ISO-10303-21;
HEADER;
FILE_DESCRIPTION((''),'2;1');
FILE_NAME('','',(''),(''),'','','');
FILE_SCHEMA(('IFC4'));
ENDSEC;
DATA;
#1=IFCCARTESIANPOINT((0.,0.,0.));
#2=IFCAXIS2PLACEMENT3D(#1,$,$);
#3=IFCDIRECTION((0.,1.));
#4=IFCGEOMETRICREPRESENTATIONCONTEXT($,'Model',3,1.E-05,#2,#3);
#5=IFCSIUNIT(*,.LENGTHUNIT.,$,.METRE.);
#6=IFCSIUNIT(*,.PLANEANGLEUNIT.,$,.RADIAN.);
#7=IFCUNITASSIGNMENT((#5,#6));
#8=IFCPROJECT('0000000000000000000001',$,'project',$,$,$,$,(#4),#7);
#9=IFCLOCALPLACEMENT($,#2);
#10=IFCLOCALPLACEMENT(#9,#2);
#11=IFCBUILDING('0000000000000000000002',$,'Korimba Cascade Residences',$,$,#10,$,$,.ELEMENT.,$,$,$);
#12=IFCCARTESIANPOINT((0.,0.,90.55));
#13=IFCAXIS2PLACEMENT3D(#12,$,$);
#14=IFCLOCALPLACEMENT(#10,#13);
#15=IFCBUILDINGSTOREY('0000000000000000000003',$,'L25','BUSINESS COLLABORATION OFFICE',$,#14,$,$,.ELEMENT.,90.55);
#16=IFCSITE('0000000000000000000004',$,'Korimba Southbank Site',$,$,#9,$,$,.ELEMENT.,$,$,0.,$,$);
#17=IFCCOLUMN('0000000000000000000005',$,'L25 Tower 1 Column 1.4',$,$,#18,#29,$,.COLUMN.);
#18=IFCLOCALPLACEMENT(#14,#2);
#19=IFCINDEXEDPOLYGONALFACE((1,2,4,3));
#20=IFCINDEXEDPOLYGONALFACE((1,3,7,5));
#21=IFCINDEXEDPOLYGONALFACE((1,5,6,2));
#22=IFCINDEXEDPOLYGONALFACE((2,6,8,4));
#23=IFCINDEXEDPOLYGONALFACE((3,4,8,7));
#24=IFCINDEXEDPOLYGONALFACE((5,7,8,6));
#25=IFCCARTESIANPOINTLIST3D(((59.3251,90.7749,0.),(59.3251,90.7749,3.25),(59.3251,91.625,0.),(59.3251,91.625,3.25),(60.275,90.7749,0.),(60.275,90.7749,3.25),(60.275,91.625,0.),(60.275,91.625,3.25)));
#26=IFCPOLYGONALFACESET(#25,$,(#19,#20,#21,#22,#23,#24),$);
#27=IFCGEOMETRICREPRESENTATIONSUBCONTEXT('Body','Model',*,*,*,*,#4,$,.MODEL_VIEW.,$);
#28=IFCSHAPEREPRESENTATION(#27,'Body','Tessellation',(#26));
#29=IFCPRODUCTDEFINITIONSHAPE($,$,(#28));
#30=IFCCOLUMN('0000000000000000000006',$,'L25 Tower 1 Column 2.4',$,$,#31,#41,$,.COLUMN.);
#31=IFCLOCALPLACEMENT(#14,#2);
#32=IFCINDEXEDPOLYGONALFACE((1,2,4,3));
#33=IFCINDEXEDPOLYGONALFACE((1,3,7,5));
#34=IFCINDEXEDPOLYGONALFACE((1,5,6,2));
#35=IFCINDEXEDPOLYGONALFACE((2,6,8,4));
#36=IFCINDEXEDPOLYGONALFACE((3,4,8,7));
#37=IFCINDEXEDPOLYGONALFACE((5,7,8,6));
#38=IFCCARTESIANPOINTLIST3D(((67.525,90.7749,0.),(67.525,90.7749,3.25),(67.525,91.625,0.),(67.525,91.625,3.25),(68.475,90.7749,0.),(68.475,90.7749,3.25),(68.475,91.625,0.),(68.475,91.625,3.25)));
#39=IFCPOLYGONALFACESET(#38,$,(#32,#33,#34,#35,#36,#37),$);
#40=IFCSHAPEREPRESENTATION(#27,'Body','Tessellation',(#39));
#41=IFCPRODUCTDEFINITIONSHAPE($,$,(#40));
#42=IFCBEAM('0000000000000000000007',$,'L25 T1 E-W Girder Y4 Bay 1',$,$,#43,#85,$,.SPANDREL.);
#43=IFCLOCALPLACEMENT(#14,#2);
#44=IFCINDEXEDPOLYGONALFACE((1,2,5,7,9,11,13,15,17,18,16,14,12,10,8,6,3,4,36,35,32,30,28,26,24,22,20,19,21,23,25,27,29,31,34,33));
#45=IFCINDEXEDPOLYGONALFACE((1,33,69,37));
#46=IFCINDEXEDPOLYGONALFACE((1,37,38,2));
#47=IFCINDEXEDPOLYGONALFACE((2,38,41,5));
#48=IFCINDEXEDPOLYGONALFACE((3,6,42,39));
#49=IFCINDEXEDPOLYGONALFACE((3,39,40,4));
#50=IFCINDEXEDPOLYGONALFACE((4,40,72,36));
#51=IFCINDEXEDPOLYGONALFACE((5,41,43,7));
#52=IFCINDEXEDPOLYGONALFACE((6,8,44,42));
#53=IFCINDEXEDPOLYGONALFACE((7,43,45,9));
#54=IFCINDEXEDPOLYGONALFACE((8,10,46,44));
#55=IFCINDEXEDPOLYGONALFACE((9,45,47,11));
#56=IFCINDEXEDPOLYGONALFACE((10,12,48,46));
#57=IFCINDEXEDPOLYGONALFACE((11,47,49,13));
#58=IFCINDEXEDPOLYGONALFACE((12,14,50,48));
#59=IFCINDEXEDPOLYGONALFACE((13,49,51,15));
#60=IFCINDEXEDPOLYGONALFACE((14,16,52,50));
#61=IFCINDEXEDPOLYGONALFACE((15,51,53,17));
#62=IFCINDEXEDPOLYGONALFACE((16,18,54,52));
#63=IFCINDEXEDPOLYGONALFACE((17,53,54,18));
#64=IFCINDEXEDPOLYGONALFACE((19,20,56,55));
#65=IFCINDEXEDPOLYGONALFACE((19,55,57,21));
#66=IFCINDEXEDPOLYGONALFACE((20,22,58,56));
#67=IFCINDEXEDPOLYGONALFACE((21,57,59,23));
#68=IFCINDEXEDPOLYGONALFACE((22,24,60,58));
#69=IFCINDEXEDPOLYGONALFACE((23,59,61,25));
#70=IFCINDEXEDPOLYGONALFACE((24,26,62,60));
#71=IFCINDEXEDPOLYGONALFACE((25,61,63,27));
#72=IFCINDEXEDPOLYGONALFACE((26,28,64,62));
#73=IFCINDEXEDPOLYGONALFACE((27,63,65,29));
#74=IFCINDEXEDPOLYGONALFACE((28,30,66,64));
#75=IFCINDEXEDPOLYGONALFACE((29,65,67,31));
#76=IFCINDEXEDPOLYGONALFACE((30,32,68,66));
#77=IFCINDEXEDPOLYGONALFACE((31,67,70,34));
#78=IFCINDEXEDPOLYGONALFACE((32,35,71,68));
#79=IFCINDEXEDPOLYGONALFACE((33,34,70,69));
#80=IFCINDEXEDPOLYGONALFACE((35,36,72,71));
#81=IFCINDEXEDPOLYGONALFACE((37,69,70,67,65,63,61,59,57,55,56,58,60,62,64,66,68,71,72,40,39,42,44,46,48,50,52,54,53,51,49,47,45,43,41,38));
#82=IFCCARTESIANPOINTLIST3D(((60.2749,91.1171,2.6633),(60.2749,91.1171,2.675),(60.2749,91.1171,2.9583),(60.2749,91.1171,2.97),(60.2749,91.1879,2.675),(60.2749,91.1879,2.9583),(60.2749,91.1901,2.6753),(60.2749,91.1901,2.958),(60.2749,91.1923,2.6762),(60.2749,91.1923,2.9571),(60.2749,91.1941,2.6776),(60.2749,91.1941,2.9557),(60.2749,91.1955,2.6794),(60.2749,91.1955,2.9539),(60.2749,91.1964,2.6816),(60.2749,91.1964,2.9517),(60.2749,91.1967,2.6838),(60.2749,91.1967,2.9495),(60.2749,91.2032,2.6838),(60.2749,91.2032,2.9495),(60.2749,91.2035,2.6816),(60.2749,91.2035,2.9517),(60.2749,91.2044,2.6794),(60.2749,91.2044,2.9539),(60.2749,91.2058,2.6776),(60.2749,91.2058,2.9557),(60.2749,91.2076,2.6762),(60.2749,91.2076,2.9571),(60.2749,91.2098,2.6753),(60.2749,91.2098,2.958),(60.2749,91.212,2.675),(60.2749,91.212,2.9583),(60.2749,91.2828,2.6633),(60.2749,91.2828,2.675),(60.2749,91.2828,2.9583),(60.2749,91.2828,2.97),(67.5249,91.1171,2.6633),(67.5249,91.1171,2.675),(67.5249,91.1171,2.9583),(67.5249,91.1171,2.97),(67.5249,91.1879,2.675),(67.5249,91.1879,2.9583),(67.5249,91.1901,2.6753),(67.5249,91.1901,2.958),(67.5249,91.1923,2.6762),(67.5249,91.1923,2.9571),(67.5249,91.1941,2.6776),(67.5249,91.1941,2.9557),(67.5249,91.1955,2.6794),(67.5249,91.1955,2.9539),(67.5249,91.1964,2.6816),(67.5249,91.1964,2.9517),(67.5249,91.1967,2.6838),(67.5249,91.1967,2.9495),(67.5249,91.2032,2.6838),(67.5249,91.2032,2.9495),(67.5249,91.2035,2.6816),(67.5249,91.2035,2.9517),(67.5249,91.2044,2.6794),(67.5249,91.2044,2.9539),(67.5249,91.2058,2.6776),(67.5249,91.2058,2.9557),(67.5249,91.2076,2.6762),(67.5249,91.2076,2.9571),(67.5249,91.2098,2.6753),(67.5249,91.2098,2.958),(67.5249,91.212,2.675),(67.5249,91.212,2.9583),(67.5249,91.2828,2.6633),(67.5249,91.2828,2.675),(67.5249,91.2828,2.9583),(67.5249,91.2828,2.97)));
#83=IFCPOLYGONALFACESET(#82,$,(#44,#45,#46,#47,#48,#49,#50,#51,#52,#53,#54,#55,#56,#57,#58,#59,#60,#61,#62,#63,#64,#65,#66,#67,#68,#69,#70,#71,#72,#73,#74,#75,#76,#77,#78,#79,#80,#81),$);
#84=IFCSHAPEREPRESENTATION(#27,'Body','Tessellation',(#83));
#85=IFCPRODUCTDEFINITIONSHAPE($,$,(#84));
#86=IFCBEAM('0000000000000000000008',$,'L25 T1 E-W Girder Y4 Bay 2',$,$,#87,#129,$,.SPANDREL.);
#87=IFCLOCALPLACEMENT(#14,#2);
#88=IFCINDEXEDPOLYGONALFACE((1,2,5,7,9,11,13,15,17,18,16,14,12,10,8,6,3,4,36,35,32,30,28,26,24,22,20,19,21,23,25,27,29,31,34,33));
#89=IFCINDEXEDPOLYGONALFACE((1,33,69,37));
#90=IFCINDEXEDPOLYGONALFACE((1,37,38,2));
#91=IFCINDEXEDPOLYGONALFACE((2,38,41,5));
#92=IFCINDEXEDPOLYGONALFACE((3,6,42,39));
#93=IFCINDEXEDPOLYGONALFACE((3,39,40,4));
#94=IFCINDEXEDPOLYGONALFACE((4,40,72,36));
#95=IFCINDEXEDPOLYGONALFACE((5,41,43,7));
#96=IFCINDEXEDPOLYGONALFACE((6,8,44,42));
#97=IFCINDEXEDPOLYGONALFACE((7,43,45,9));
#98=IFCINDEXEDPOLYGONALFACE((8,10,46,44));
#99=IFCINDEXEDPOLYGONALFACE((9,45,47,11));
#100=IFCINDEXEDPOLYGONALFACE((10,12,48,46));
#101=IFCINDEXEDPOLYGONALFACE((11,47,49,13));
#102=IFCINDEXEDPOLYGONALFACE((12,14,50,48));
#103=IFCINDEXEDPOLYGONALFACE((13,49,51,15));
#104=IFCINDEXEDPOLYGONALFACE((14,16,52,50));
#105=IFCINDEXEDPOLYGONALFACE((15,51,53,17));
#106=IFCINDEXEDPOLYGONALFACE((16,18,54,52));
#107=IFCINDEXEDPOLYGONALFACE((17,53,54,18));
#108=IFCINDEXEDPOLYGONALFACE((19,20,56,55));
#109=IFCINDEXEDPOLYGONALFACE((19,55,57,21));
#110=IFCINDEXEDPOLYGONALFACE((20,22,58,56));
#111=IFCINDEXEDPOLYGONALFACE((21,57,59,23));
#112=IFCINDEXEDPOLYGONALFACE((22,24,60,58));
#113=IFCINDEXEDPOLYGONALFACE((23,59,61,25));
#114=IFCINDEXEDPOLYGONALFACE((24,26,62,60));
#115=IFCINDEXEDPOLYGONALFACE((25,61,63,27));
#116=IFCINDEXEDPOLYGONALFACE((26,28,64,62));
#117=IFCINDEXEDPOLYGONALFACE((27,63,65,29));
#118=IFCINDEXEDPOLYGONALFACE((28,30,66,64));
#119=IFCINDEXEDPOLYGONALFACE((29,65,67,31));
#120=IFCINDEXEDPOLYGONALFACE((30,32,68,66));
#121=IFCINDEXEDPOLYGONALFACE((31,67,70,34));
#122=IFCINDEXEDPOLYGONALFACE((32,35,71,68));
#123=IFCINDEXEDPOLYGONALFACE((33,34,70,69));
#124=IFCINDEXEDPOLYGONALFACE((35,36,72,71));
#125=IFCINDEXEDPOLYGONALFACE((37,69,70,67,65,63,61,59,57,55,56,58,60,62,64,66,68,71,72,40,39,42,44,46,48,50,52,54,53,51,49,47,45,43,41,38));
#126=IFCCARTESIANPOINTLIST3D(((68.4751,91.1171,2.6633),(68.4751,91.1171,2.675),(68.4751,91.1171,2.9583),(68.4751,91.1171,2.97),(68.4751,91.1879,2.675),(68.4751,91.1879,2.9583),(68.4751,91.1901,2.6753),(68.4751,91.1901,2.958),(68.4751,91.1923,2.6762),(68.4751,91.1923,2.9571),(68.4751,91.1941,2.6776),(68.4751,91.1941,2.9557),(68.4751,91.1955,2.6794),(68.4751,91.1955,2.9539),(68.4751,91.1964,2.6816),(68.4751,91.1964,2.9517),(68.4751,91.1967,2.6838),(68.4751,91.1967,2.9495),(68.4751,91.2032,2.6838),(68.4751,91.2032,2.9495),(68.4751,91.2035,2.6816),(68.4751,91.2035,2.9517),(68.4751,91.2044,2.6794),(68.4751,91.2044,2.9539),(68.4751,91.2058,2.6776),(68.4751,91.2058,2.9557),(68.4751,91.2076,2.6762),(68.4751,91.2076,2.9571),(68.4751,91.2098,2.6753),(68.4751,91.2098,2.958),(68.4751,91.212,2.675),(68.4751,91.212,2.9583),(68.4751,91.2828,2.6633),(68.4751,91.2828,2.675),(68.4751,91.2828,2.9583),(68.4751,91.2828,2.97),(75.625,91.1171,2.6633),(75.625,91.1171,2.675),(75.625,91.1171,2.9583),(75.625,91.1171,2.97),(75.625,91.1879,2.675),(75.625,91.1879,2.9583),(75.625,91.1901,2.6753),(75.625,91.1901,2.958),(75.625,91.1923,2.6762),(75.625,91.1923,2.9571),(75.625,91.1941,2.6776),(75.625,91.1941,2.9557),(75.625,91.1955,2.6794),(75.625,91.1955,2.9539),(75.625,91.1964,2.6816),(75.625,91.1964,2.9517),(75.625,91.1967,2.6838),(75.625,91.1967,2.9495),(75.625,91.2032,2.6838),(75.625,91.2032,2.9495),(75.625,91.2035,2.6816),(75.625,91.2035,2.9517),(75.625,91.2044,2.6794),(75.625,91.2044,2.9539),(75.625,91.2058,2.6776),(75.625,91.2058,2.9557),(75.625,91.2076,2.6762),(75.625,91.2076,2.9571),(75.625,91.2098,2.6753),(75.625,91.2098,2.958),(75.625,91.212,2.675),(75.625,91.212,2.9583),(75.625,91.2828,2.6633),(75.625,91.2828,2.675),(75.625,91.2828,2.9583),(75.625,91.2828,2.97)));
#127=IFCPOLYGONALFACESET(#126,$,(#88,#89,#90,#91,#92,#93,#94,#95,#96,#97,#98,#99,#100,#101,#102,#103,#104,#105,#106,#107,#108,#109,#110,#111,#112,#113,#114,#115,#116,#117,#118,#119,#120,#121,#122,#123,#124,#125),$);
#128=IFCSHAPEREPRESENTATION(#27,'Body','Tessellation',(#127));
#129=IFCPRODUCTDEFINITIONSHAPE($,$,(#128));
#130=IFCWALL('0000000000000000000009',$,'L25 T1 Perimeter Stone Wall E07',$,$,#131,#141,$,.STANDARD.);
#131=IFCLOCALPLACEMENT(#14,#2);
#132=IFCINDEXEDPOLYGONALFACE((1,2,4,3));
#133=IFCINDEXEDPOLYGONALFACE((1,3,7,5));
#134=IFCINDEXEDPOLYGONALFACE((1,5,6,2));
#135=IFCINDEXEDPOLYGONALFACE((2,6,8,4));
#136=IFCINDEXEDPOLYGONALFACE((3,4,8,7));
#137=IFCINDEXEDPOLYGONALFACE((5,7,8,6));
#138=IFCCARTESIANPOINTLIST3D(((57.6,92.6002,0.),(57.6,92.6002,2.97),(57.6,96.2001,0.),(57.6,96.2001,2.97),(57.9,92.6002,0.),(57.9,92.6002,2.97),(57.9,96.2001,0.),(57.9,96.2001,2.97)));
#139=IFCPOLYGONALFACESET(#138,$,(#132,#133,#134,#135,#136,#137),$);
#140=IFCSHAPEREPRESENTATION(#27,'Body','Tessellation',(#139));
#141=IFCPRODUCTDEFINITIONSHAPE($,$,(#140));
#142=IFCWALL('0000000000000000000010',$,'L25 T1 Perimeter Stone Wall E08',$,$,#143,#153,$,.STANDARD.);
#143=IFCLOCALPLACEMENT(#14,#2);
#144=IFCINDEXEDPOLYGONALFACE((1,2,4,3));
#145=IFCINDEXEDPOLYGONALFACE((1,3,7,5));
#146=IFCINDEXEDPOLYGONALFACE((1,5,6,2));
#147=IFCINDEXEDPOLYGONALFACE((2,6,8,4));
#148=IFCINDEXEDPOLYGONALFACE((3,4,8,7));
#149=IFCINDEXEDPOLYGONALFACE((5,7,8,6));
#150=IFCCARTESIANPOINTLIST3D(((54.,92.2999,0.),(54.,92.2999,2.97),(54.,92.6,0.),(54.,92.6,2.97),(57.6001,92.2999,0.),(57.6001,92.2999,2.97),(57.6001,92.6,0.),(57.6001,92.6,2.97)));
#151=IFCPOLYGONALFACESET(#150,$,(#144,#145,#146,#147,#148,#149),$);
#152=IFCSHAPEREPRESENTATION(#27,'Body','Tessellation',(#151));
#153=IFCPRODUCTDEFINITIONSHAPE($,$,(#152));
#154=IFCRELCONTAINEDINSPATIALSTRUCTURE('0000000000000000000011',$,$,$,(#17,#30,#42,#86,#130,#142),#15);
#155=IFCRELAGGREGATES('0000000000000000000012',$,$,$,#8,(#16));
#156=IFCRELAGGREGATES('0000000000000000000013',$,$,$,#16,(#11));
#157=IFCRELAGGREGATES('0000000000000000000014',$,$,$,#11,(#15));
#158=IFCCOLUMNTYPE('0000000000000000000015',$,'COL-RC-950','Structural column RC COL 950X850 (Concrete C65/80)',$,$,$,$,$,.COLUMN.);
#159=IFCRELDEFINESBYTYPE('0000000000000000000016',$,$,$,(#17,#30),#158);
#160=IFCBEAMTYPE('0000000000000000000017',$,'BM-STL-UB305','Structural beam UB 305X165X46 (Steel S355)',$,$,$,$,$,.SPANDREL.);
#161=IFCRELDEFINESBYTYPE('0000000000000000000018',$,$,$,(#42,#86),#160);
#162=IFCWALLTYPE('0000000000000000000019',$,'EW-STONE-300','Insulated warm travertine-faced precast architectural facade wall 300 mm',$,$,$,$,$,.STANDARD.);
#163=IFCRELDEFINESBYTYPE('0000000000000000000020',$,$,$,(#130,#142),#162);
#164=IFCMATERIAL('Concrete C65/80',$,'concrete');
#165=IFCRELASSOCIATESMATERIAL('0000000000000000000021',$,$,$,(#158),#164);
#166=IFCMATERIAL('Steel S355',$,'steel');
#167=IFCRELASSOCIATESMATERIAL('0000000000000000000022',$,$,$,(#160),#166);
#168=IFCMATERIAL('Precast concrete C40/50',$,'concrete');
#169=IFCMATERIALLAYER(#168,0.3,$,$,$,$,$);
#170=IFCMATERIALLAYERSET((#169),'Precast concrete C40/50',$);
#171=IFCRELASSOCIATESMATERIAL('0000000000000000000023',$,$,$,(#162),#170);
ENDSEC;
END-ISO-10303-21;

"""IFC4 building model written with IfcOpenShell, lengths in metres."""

from ifc_helpers import new_model, si_unit, direction, frame, frame_2d, origin, origin_2d, place, context, subcontext, project, spatial, rectangle, i_section, extrude, material, layer, layer_set, material_profile, profile_set, type_object, element, save


model = new_model("IFC4")

# Units and contexts
model_context = context("Model", 3, precision=1e-05, world=origin(), true_north=direction((0.0, 1.0)))
body_context = subcontext(model_context, "Body", "Model", "MODEL_VIEW")
ifc_project = project(units=[si_unit("LENGTHUNIT", "METRE"), si_unit("PLANEANGLEUNIT", "RADIAN")], contexts=[model_context])

# Site, building, storey
site_placement = place(None, origin())
site = spatial("IfcSite", under=ifc_project, at=site_placement, Name="Korimba Southbank Site", CompositionType="ELEMENT", RefElevation=0.0)
building_placement = place(site_placement, origin())
building = spatial("IfcBuilding", under=site, at=building_placement, Name="Korimba Cascade Residences", CompositionType="ELEMENT")
storey_placement = place(building_placement, frame((0.0, 0.0, 90.55)))
storey = spatial("IfcBuildingStorey", under=building, at=storey_placement, Name="L25", Description="BUSINESS COLLABORATION OFFICE", CompositionType="ELEMENT", Elevation=90.55)

# Columns
ifc_material_1 = material(Name="Concrete C65/80", Category="concrete")
ifc_material_profile_1 = material_profile(ifc_material_1, rectangle(XDim=0.95, YDim=0.8501, at=origin_2d()), Name="Concrete C65/80")
ifc_profile_set_1 = profile_set([ifc_material_profile_1], Name="Concrete C65/80")
column_type = type_object("IfcColumnType", Name="COL-RC-950", Description="Structural column RC COL 950X850 (Concrete C65/80)", PredefinedType="COLUMN", material=ifc_profile_set_1)
for number, where, z_axis, x_axis, name in (
    (1, (59.8, 91.2, 0.0), (0.0, 0.0, 1.0), (1.0, 0.0, 0.0), "L25 Tower 1 Column 1.4"),
    (2, (68.0, 91.2, 0.0), (0.0, 0.0, 1.0), (1.0, 0.0, 0.0), "L25 Tower 1 Column 2.4"),
):
    element("IfcColumn", number, at=place(storey_placement, frame(where, z_axis=z_axis, x_axis=x_axis)), inside=storey, type_object=column_type, Name=name, PredefinedType="COLUMN", context=body_context, shape_type="SweptSolid", body=[
        extrude(rectangle(XDim=0.95, YDim=0.8501, at=origin_2d()), origin(), (0.0, 0.0, 1.0), 3.25),
    ])

# Beams
ifc_material_2 = material(Name="Steel S355", Category="steel")
ifc_material_profile_2 = material_profile(ifc_material_2, i_section(OverallWidth=0.1658, OverallDepth=0.3066, WebThickness=0.0066, FlangeThickness=0.0117, FilletRadius=0.0088, at=origin_2d()), Name="Steel S355")
ifc_profile_set_2 = profile_set([ifc_material_profile_2], Name="Steel S355")
beam_type = type_object("IfcBeamType", Name="BM-STL-UB305", Description="Structural beam UB 305X165X46 (Steel S355)", PredefinedType="SPANDREL", material=ifc_profile_set_2)
beam_1_placement = place(storey_placement, frame((60.2749, 91.2, 2.8167), z_axis=(1.0, 0.0, 0.0), x_axis=(0.0, 1.0, 0.0)))
element("IfcBeam", 3, at=beam_1_placement, inside=storey, type_object=beam_type, Name="L25 T1 E-W Girder Y4 Bay 1", PredefinedType="SPANDREL", context=body_context, shape_type="SweptSolid", body=[
    extrude(i_section(OverallWidth=0.1658, OverallDepth=0.3066, WebThickness=0.0066, FlangeThickness=0.0117, FilletRadius=0.0088, at=origin_2d()), origin(), (0.0, 0.0, 1.0), 7.25),
])
beam_2_placement = place(storey_placement, frame((68.4751, 91.2, 2.8167), z_axis=(1.0, 0.0, 0.0), x_axis=(0.0, 1.0, 0.0)))
element("IfcBeam", 4, at=beam_2_placement, inside=storey, type_object=beam_type, Name="L25 T1 E-W Girder Y4 Bay 2", PredefinedType="SPANDREL", context=body_context, shape_type="SweptSolid", body=[
    extrude(i_section(OverallWidth=0.1658, OverallDepth=0.3066, WebThickness=0.0066, FlangeThickness=0.0117, FilletRadius=0.0088, at=origin_2d()), origin(), (0.0, 0.0, 1.0), 7.1499),
])

# Walls
ifc_material_3 = material(Name="Precast concrete C40/50", Category="concrete")
ifc_layer_1 = layer(ifc_material_3, 0.3)
ifc_layer_set_1 = layer_set([ifc_layer_1], Name="Precast concrete C40/50")
wall_type_1 = type_object("IfcWallType", Name="EW-STONE-300", Description="Insulated warm travertine-faced precast architectural facade wall 300 mm", PredefinedType="STANDARD", material=ifc_layer_set_1)
wall_1_placement = place(storey_placement, frame((57.75, 96.2, 0.0), z_axis=(0.0, 0.0, 1.0), x_axis=(0.0, -1.0, 0.0)))
element("IfcWall", 5, at=wall_1_placement, inside=storey, type_object=wall_type_1, Name="L25 T1 Perimeter Stone Wall E07", PredefinedType="STANDARD", context=body_context, shape_type="SweptSolid", body=[
    extrude(rectangle(XDim=3.5999, YDim=0.3, at=frame_2d((1.7998, 0.0))), origin(), (0.0, 0.0, 1.0), 2.97),
])
wall_2_placement = place(storey_placement, frame((57.6001, 92.45, 0.0), z_axis=(0.0, 0.0, 1.0), x_axis=(-1.0, 0.0, 0.0)))
element("IfcWall", 6, at=wall_2_placement, inside=storey, type_object=wall_type_1, Name="L25 T1 Perimeter Stone Wall E08", PredefinedType="STANDARD", context=body_context, shape_type="SweptSolid", body=[
    extrude(rectangle(XDim=3.6001, YDim=0.3, at=frame_2d((1.8, 0.0))), origin(), (0.0, 0.0, 1.0), 2.97),
])

save(model, "model.ifc")
